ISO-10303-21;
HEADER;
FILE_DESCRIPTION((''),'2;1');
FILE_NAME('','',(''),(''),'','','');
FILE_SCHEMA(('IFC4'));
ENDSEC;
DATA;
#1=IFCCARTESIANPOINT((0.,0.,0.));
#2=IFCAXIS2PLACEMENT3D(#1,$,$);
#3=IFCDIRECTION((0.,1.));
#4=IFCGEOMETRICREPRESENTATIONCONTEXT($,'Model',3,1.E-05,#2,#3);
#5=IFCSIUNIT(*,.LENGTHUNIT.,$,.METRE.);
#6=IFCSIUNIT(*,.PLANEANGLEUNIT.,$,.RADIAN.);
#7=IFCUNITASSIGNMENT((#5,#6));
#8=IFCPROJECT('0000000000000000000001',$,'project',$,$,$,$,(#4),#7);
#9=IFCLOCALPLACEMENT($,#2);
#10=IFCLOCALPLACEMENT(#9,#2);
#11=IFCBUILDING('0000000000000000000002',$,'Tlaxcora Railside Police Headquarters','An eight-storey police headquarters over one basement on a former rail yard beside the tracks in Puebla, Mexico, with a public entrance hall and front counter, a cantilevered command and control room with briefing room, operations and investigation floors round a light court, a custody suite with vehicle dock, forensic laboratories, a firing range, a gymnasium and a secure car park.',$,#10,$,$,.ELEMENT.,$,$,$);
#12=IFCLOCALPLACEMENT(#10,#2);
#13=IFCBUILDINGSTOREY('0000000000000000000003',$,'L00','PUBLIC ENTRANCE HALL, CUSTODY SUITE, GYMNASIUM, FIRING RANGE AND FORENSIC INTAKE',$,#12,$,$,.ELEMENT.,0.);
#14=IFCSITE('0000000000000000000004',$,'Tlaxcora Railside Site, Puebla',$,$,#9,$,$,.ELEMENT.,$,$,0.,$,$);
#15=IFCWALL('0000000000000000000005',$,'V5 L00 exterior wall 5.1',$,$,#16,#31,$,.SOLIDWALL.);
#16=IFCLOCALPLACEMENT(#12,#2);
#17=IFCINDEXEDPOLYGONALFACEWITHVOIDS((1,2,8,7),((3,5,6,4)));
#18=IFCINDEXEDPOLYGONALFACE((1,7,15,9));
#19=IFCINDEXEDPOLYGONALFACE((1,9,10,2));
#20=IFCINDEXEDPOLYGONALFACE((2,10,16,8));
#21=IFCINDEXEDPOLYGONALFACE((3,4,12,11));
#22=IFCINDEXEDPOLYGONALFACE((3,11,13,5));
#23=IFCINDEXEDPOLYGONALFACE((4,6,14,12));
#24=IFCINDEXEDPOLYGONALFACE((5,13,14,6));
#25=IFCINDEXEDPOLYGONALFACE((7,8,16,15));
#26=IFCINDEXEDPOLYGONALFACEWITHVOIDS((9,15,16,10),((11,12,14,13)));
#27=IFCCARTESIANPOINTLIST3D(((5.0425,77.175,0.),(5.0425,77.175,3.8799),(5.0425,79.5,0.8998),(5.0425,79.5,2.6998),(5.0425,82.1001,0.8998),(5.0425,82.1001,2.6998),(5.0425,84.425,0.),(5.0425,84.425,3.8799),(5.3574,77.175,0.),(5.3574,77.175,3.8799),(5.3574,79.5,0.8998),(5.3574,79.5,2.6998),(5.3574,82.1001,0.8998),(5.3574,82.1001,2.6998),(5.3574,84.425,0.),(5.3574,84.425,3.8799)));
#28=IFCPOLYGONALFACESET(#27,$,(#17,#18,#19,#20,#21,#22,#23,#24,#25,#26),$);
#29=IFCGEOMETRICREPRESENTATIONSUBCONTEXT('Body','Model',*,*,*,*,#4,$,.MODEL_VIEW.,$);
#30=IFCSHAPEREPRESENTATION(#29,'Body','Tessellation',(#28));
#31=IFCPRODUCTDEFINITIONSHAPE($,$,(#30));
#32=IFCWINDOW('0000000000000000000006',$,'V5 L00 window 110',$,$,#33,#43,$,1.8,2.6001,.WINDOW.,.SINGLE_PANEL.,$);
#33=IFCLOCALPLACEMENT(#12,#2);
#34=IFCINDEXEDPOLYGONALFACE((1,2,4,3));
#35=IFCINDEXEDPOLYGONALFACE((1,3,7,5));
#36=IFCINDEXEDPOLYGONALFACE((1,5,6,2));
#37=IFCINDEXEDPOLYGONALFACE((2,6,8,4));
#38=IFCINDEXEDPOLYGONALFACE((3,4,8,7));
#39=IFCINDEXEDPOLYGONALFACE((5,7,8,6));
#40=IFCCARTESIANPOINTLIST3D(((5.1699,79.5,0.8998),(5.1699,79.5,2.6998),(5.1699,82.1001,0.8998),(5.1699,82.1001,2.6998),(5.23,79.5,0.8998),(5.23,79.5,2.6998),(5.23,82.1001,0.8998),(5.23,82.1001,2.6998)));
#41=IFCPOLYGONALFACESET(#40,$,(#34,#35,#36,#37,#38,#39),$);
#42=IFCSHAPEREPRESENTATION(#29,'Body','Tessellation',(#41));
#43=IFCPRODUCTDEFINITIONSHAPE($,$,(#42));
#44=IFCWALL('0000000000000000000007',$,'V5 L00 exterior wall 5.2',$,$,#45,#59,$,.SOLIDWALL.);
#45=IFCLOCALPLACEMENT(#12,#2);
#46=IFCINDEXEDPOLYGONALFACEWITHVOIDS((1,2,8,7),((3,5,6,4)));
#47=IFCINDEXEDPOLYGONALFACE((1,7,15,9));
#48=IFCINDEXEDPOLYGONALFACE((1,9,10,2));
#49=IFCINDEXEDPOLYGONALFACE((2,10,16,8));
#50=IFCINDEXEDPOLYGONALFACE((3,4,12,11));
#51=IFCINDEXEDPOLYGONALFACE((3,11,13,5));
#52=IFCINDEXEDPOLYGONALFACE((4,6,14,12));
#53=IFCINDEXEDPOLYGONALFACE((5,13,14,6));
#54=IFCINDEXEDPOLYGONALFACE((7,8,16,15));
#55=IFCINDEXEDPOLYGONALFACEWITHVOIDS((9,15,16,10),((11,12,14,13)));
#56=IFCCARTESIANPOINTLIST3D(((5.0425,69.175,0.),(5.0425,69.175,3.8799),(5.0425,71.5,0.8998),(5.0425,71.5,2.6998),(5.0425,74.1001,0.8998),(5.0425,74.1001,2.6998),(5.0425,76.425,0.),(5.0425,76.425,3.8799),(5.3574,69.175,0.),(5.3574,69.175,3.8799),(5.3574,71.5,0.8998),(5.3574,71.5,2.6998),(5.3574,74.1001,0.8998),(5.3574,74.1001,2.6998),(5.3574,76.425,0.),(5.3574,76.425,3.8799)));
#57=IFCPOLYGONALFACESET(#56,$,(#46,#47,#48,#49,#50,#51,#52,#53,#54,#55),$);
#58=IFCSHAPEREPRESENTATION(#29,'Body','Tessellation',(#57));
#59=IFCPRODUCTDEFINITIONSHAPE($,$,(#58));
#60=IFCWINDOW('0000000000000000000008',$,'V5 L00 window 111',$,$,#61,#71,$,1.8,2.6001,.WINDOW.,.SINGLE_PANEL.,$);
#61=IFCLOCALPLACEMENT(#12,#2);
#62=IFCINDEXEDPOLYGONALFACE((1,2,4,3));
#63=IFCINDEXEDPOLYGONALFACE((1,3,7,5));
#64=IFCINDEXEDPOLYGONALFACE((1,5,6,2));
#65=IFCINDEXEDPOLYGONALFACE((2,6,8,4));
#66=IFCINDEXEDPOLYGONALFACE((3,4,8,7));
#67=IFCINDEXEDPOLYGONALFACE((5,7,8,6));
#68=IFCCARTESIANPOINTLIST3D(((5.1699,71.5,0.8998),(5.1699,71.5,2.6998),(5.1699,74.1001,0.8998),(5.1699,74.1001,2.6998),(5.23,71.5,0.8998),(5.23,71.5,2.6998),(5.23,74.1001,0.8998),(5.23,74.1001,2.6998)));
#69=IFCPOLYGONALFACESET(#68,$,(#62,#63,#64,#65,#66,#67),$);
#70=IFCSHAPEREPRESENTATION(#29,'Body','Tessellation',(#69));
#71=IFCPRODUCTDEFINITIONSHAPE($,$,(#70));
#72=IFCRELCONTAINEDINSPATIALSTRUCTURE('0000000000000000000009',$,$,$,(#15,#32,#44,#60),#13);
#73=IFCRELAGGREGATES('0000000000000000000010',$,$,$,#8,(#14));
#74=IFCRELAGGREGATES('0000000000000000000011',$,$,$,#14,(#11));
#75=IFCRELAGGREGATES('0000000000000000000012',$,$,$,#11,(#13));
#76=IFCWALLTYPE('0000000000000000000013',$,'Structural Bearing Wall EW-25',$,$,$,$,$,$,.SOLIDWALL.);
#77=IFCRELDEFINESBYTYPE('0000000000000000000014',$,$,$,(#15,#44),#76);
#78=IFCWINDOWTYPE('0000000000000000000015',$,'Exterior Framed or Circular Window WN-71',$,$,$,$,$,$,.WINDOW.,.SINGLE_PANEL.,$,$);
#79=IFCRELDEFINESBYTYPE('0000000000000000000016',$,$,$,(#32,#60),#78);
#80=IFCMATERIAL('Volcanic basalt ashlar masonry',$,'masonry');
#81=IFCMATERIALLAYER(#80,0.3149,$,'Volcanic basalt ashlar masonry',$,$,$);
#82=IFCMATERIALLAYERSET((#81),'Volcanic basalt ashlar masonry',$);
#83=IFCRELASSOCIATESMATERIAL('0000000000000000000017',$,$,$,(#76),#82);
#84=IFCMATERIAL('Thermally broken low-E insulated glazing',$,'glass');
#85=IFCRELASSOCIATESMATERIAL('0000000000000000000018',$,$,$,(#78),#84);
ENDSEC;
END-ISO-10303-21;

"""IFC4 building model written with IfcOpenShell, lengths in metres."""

from ifc_helpers import new_model, si_unit, direction, frame, frame_2d, origin, place, context, subcontext, project, spatial, rectangle, extrude, material, layer, layer_set, type_object, element, fill, save


model = new_model("IFC4")

# Units and contexts
model_context = context("Model", 3, precision=1e-05, world=origin(), true_north=direction((0.0, 1.0)))
body_context = subcontext(model_context, "Body", "Model", "MODEL_VIEW")
ifc_project = project(units=[si_unit("LENGTHUNIT", "METRE"), si_unit("PLANEANGLEUNIT", "RADIAN")], contexts=[model_context])

# Site, building, storey
site_placement = place(None, origin())
site = spatial("IfcSite", under=ifc_project, at=site_placement, Name="Tlaxcora Railside Site, Puebla", CompositionType="ELEMENT", RefElevation=0.0)
building_placement = place(site_placement, origin())
building = spatial("IfcBuilding", under=site, at=building_placement, Name="Tlaxcora Railside Police Headquarters", Description="An eight-storey police headquarters over one basement on a former rail yard beside the tracks in Puebla, Mexico, with a public entrance hall and front counter, a cantilevered command and control room with briefing room, operations and investigation floors round a light court, a custody suite with vehicle dock, forensic laboratories, a firing range, a gymnasium and a secure car park.", CompositionType="ELEMENT")
storey_placement = place(building_placement, origin())
storey = spatial("IfcBuildingStorey", under=building, at=storey_placement, Name="L00", Description="PUBLIC ENTRANCE HALL, CUSTODY SUITE, GYMNASIUM, FIRING RANGE AND FORENSIC INTAKE", CompositionType="ELEMENT", Elevation=0.0)

# Walls, openings, windows
ifc_material_1 = material(Name="Volcanic basalt ashlar masonry", Category="masonry")
ifc_layer = layer(ifc_material_1, 0.3149, Name="Volcanic basalt ashlar masonry")
ifc_layer_set = layer_set([ifc_layer], Name="Volcanic basalt ashlar masonry")
wall_type = type_object("IfcWallType", Name="Structural Bearing Wall EW-25", PredefinedType="SOLIDWALL", material=ifc_layer_set)
wall_1_placement = place(storey_placement, frame((5.2, 84.425, 0.0), z_axis=(0.0, 0.0, 1.0), x_axis=(0.0, -1.0, 0.0)))
wall_1 = element("IfcWall", 1, at=wall_1_placement, inside=storey, type_object=wall_type, Name="V5 L00 exterior wall 5.1", PredefinedType="SOLIDWALL", context=body_context, shape_type="SweptSolid", body=[
    extrude(rectangle(XDim=7.25, YDim=0.3149, at=frame_2d((3.625, 0.0))), origin(), (0.0, 0.0, 1.0), 3.8799),
])
opening_1_placement = place(wall_1_placement, frame((2.325, 0.0, 0.8999)))
opening_1 = element("IfcOpeningElement", 2, at=opening_1_placement, cuts=wall_1, PredefinedType="OPENING", context=body_context, shape_type="SweptSolid", body=[
    extrude(rectangle(XDim=2.6001, YDim=1.8, at=frame_2d((1.3, 0.8999))), frame((0.0, 0.1675, 0.0), z_axis=(0.0, -1.0, 0.0), x_axis=(1.0, 0.0, 0.0)), (0.0, 0.0, 1.0), 0.335),
])
ifc_material_2 = material(Name="Thermally broken low-E insulated glazing", Category="glass")
window_type = type_object("IfcWindowType", Name="Exterior Framed or Circular Window WN-71", PartitioningType="SINGLE_PANEL", PredefinedType="WINDOW", material=ifc_material_2)
window_1_placement = place(opening_1_placement, origin())
window_1 = element("IfcWindow", 3, at=window_1_placement, inside=storey, type_object=window_type, Name="V5 L00 window 110", OverallHeight=1.8, OverallWidth=2.6001, PartitioningType="SINGLE_PANEL", PredefinedType="WINDOW", context=body_context, shape_type="SweptSolid", body=[
    extrude(rectangle(XDim=2.6001, YDim=1.8, at=frame_2d((1.3, 0.8999))), frame((0.0, 0.03, 0.0), z_axis=(0.0, -1.0, 0.0), x_axis=(1.0, 0.0, 0.0)), (0.0, 0.0, 1.0), 0.0601),
])
fill(opening_1, window_1)
wall_2_placement = place(storey_placement, frame((5.2, 76.425, 0.0), z_axis=(0.0, 0.0, 1.0), x_axis=(0.0, -1.0, 0.0)))
wall_2 = element("IfcWall", 4, at=wall_2_placement, inside=storey, type_object=wall_type, Name="V5 L00 exterior wall 5.2", PredefinedType="SOLIDWALL", context=body_context, shape_type="SweptSolid", body=[
    extrude(rectangle(XDim=7.25, YDim=0.3149, at=frame_2d((3.625, 0.0))), origin(), (0.0, 0.0, 1.0), 3.8799),
])
opening_2_placement = place(wall_2_placement, frame((2.325, 0.0, 0.8999)))
opening_2 = element("IfcOpeningElement", 5, at=opening_2_placement, cuts=wall_2, PredefinedType="OPENING", context=body_context, shape_type="SweptSolid", body=[
    extrude(rectangle(XDim=2.6001, YDim=1.8, at=frame_2d((1.3, 0.8999))), frame((0.0, 0.1675, 0.0), z_axis=(0.0, -1.0, 0.0), x_axis=(1.0, 0.0, 0.0)), (0.0, 0.0, 1.0), 0.335),
])
window_2_placement = place(opening_2_placement, origin())
window_2 = element("IfcWindow", 6, at=window_2_placement, inside=storey, type_object=window_type, Name="V5 L00 window 111", OverallHeight=1.8, OverallWidth=2.6001, PartitioningType="SINGLE_PANEL", PredefinedType="WINDOW", context=body_context, shape_type="SweptSolid", body=[
    extrude(rectangle(XDim=2.6001, YDim=1.8, at=frame_2d((1.3, 0.8999))), frame((0.0, 0.03, 0.0), z_axis=(0.0, -1.0, 0.0), x_axis=(1.0, 0.0, 0.0)), (0.0, 0.0, 1.0), 0.0601),
])
fill(opening_2, window_2)

save(model, "model.ifc")
